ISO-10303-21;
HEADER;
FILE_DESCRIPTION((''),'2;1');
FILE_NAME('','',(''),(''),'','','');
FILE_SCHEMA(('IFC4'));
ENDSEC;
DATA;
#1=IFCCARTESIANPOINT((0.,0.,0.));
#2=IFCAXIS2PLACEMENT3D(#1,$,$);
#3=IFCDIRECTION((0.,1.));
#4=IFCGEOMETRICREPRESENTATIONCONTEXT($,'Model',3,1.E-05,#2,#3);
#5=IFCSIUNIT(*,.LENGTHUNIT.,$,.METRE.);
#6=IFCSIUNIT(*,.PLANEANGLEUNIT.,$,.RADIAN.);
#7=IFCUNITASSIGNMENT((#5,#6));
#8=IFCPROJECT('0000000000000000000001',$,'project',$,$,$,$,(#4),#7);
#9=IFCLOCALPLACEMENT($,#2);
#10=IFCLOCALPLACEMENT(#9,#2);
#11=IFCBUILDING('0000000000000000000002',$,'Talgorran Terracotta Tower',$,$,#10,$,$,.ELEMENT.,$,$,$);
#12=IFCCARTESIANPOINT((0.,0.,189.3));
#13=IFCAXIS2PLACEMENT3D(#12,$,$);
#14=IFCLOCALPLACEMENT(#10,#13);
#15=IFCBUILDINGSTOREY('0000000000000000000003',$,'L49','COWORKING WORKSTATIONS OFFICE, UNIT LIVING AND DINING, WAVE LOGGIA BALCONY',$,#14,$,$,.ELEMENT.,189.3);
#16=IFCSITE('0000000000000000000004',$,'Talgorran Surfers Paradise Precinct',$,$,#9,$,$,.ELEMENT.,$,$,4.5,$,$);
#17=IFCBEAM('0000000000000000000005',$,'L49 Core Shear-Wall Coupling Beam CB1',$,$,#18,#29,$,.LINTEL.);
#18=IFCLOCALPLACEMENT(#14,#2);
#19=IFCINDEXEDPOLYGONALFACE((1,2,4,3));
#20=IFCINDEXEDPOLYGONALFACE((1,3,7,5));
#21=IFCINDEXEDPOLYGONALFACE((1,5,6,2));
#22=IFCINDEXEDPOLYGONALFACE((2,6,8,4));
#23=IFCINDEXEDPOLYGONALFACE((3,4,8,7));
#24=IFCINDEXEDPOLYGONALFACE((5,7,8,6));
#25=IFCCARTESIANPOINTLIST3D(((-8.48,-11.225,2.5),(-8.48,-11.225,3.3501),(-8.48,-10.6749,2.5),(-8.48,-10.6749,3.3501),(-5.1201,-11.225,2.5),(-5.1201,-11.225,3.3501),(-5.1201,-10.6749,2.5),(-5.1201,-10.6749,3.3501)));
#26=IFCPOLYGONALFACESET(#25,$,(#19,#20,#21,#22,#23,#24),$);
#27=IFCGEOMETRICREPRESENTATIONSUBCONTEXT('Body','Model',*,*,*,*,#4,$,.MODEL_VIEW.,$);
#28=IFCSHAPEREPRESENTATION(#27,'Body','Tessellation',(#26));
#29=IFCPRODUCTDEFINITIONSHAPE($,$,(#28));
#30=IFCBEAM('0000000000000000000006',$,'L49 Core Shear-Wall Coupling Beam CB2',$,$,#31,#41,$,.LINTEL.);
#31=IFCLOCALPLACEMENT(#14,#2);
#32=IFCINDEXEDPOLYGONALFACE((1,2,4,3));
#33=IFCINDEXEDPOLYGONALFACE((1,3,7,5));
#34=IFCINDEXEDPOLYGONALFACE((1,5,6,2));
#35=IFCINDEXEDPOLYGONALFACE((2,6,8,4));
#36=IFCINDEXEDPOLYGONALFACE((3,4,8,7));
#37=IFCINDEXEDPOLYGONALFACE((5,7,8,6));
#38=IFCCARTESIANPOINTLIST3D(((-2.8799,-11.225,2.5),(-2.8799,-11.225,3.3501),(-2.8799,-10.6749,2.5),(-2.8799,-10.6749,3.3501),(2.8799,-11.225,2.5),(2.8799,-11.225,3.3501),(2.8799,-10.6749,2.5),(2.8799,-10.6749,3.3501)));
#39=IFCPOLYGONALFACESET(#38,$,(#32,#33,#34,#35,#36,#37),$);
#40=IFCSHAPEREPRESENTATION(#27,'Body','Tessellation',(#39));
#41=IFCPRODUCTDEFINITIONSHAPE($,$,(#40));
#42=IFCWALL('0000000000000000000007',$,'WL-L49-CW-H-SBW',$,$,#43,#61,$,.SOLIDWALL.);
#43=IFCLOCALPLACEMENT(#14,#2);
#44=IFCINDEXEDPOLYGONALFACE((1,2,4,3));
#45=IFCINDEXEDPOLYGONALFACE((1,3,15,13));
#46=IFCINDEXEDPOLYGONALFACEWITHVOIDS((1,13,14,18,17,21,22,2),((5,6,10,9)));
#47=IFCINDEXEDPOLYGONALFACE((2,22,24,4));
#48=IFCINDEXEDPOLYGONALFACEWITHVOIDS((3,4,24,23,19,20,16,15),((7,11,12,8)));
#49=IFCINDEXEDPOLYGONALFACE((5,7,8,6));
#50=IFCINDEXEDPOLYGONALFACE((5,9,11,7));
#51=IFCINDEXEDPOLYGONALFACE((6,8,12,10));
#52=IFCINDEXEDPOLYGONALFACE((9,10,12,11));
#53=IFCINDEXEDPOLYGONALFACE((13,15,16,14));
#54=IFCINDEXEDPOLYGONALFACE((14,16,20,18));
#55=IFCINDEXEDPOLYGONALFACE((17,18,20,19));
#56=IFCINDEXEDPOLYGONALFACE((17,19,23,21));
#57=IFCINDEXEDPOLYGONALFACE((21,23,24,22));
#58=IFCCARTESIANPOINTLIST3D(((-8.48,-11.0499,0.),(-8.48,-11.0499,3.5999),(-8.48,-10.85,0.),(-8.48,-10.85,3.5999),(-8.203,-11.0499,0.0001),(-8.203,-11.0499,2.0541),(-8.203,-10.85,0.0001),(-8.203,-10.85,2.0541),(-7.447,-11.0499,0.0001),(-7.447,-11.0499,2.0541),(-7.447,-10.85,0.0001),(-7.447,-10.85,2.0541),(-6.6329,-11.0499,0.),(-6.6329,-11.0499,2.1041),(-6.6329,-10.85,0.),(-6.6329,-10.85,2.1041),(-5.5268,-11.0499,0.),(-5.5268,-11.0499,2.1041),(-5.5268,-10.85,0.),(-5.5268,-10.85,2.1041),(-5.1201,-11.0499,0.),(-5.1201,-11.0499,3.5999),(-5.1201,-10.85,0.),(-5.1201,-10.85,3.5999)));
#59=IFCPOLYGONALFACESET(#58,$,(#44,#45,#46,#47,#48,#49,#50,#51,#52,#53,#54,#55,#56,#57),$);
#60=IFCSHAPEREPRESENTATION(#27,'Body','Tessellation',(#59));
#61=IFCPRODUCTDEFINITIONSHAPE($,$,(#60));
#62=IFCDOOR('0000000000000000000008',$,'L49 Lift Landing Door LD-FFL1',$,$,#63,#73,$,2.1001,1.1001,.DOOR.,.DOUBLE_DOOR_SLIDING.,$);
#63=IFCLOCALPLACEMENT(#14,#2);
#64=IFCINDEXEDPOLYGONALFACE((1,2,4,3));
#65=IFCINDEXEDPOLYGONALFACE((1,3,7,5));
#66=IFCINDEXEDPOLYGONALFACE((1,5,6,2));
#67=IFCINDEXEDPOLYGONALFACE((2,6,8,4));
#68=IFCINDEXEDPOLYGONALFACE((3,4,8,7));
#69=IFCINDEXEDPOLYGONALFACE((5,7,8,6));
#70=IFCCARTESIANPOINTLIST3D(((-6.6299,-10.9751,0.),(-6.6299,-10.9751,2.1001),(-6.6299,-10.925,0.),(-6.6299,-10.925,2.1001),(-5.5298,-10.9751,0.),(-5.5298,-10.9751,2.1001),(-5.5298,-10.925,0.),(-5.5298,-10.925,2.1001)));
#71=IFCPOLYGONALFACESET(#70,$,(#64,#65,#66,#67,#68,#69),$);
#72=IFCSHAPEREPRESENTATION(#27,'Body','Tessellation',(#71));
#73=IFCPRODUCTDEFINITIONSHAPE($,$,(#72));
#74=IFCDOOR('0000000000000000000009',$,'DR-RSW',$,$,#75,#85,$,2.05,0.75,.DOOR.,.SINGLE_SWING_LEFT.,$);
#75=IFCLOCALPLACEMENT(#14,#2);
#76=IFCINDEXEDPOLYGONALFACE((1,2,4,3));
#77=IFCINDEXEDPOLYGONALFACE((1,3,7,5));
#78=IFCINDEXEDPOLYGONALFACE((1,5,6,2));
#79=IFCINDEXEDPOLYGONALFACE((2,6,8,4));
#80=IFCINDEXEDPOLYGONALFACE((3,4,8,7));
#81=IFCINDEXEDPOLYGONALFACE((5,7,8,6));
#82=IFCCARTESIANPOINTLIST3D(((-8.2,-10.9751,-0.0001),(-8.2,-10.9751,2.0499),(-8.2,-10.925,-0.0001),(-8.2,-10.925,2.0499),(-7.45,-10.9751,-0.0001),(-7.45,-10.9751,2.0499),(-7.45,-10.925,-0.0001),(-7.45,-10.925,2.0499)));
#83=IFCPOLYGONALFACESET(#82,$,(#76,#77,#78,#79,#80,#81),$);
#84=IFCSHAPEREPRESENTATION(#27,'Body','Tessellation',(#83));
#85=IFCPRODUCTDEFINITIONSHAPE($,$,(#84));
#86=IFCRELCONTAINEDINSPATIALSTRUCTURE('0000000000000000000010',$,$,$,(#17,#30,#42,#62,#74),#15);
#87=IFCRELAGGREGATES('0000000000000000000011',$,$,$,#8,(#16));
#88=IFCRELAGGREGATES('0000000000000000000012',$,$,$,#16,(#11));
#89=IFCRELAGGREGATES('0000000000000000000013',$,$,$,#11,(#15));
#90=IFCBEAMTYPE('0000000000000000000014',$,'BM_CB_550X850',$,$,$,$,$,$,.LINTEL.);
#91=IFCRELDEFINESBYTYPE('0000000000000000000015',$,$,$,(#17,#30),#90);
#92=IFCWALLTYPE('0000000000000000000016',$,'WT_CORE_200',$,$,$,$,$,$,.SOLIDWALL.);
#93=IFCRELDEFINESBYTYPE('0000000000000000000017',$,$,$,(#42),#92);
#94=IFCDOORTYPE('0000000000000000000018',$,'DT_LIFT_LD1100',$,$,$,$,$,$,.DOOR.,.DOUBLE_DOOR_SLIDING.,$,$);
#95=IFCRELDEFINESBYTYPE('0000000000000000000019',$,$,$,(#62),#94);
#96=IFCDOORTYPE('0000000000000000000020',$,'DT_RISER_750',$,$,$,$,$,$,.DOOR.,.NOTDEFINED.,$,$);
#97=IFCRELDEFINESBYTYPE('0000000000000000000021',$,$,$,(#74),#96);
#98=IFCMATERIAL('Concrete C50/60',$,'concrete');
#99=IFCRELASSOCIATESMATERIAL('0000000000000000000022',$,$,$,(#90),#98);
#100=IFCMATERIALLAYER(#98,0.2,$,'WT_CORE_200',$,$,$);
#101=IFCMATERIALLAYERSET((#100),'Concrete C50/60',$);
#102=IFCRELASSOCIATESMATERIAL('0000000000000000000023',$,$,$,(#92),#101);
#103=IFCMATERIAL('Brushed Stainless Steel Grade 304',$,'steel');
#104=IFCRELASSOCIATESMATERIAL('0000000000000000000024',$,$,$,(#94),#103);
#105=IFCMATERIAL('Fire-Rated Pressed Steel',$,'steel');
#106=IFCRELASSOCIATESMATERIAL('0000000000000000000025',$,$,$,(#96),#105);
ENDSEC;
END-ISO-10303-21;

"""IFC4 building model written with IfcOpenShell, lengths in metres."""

from ifc_helpers import new_model, si_unit, direction, frame, frame_2d, origin, origin_2d, place, context, subcontext, project, spatial, rectangle, extrude, material, layer, layer_set, material_profile, profile_set, type_object, element, fill, save


model = new_model("IFC4")

# Units and contexts
model_context = context("Model", 3, precision=1e-05, world=origin(), true_north=direction((0.0, 1.0)))
body_context = subcontext(model_context, "Body", "Model", "MODEL_VIEW")
ifc_project = project(units=[si_unit("LENGTHUNIT", "METRE"), si_unit("PLANEANGLEUNIT", "RADIAN")], contexts=[model_context])

# Site, building, storey
site_placement = place(None, origin())
site = spatial("IfcSite", under=ifc_project, at=site_placement, Name="Talgorran Surfers Paradise Precinct", CompositionType="ELEMENT", RefElevation=4.5)
building_placement = place(site_placement, origin())
building = spatial("IfcBuilding", under=site, at=building_placement, Name="Talgorran Terracotta Tower", CompositionType="ELEMENT")
storey_placement = place(building_placement, frame((0.0, 0.0, 189.3)))
storey = spatial("IfcBuildingStorey", under=building, at=storey_placement, Name="L49", Description="COWORKING WORKSTATIONS OFFICE, UNIT LIVING AND DINING, WAVE LOGGIA BALCONY", CompositionType="ELEMENT", Elevation=189.3)

# Beams
ifc_material_1 = material(Name="Concrete C50/60", Category="concrete")
ifc_material_profile = material_profile(ifc_material_1, rectangle(XDim=0.55, YDim=0.8501, at=origin_2d()), Name="RCCB550X850")
ifc_profile_set = profile_set([ifc_material_profile], Name="Concrete C50/60")
beam_type = type_object("IfcBeamType", Name="BM_CB_550X850", PredefinedType="LINTEL", material=ifc_profile_set)
beam_1_placement = place(storey_placement, frame((-8.48, -10.95, 2.925), z_axis=(1.0, 0.0, 0.0), x_axis=(0.0, 1.0, 0.0)))
element("IfcBeam", 1, at=beam_1_placement, inside=storey, type_object=beam_type, Name="L49 Core Shear-Wall Coupling Beam CB1", PredefinedType="LINTEL", context=body_context, shape_type="SweptSolid", body=[
    extrude(rectangle(XDim=0.55, YDim=0.8501, at=origin_2d()), origin(), (0.0, 0.0, 1.0), 3.3599),
])
beam_2_placement = place(storey_placement, frame((-2.8799, -10.95, 2.925), z_axis=(1.0, 0.0, 0.0), x_axis=(0.0, 1.0, 0.0)))
element("IfcBeam", 2, at=beam_2_placement, inside=storey, type_object=beam_type, Name="L49 Core Shear-Wall Coupling Beam CB2", PredefinedType="LINTEL", context=body_context, shape_type="SweptSolid", body=[
    extrude(rectangle(XDim=0.55, YDim=0.8501, at=origin_2d()), origin(), (0.0, 0.0, 1.0), 5.7598),
])

# Wall, openings, doors
ifc_layer_1 = layer(ifc_material_1, 0.2, Name="WT_CORE_200")
ifc_layer_set_1 = layer_set([ifc_layer_1], Name="Concrete C50/60")
wall_type_1 = type_object("IfcWallType", Name="WT_CORE_200", PredefinedType="SOLIDWALL", material=ifc_layer_set_1)
wall_1_placement = place(storey_placement, frame((-8.48, -10.95, 0.0), z_axis=(0.0, 0.0, 1.0), x_axis=(1.0, 0.0, 0.0)))
wall_1 = element("IfcWall", 3, at=wall_1_placement, inside=storey, type_object=wall_type_1, Name="WL-L49-CW-H-SBW", PredefinedType="SOLIDWALL", context=body_context, shape_type="SweptSolid", body=[
    extrude(rectangle(XDim=3.3599, YDim=0.2, at=frame_2d((1.6799, 0.0))), origin(), (0.0, 0.0, 1.0), 3.5999),
])
opening_1_placement = place(wall_1_placement, frame((0.28, 0.0, 0.0)))
opening_1 = element("IfcOpeningElement", 4, at=opening_1_placement, cuts=wall_1, PredefinedType="OPENING", context=body_context, shape_type="SweptSolid", body=[
    extrude(rectangle(XDim=0.756, YDim=2.054, at=frame_2d((0.375, 1.0271))), frame((0.0, 0.1099, 0.0), z_axis=(0.0, -1.0, 0.0), x_axis=(1.0, 0.0, 0.0)), (0.0, 0.0, 1.0), 0.22),
])
opening_2_placement = place(wall_1_placement, frame((1.8501, 0.0, 0.0)))
opening_2 = element("IfcOpeningElement", 5, at=opening_2_placement, cuts=wall_1, PredefinedType="OPENING", context=body_context, shape_type="SweptSolid", body=[
    extrude(rectangle(XDim=1.1061, YDim=2.1041, at=frame_2d((0.55, 1.052))), frame((0.0, 0.1099, 0.0), z_axis=(0.0, -1.0, 0.0), x_axis=(1.0, 0.0, 0.0)), (0.0, 0.0, 1.0), 0.22),
])
ifc_material_2 = material(Name="Brushed Stainless Steel Grade 304", Category="steel")
door_type_1 = type_object("IfcDoorType", Name="DT_LIFT_LD1100", OperationType="DOUBLE_DOOR_SLIDING", PredefinedType="DOOR", material=ifc_material_2)
door_1_placement = place(opening_2_placement, origin())
door_1 = element("IfcDoor", 6, at=door_1_placement, inside=storey, type_object=door_type_1, Name="L49 Lift Landing Door LD-FFL1", OperationType="DOUBLE_DOOR_SLIDING", OverallHeight=2.1001, OverallWidth=1.1001, PredefinedType="DOOR", context=body_context, shape_type="SweptSolid", body=[
    extrude(rectangle(XDim=1.1001, YDim=2.1001, at=frame_2d((0.55, 1.05))), frame((0.0, 0.0249, 0.0), z_axis=(0.0, -1.0, 0.0), x_axis=(1.0, 0.0, 0.0)), (0.0, 0.0, 1.0), 0.05),
])
fill(opening_2, door_1)
ifc_material_3 = material(Name="Fire-Rated Pressed Steel", Category="steel")
door_type_2 = type_object("IfcDoorType", Name="DT_RISER_750", OperationType="NOTDEFINED", PredefinedType="DOOR", material=ifc_material_3)
door_2_placement = place(opening_1_placement, origin())
door_2 = element("IfcDoor", 7, at=door_2_placement, inside=storey, type_object=door_type_2, Name="DR-RSW", OperationType="SINGLE_SWING_LEFT", OverallHeight=2.05, OverallWidth=0.75, PredefinedType="DOOR", context=body_context, shape_type="SweptSolid", body=[
    extrude(rectangle(XDim=0.75, YDim=2.05, at=frame_2d((0.375, 1.0249))), frame((0.0, 0.0249, 0.0), z_axis=(0.0, -1.0, 0.0), x_axis=(1.0, 0.0, 0.0)), (0.0, 0.0, 1.0), 0.05),
])
fill(opening_1, door_2)

save(model, "model.ifc")
